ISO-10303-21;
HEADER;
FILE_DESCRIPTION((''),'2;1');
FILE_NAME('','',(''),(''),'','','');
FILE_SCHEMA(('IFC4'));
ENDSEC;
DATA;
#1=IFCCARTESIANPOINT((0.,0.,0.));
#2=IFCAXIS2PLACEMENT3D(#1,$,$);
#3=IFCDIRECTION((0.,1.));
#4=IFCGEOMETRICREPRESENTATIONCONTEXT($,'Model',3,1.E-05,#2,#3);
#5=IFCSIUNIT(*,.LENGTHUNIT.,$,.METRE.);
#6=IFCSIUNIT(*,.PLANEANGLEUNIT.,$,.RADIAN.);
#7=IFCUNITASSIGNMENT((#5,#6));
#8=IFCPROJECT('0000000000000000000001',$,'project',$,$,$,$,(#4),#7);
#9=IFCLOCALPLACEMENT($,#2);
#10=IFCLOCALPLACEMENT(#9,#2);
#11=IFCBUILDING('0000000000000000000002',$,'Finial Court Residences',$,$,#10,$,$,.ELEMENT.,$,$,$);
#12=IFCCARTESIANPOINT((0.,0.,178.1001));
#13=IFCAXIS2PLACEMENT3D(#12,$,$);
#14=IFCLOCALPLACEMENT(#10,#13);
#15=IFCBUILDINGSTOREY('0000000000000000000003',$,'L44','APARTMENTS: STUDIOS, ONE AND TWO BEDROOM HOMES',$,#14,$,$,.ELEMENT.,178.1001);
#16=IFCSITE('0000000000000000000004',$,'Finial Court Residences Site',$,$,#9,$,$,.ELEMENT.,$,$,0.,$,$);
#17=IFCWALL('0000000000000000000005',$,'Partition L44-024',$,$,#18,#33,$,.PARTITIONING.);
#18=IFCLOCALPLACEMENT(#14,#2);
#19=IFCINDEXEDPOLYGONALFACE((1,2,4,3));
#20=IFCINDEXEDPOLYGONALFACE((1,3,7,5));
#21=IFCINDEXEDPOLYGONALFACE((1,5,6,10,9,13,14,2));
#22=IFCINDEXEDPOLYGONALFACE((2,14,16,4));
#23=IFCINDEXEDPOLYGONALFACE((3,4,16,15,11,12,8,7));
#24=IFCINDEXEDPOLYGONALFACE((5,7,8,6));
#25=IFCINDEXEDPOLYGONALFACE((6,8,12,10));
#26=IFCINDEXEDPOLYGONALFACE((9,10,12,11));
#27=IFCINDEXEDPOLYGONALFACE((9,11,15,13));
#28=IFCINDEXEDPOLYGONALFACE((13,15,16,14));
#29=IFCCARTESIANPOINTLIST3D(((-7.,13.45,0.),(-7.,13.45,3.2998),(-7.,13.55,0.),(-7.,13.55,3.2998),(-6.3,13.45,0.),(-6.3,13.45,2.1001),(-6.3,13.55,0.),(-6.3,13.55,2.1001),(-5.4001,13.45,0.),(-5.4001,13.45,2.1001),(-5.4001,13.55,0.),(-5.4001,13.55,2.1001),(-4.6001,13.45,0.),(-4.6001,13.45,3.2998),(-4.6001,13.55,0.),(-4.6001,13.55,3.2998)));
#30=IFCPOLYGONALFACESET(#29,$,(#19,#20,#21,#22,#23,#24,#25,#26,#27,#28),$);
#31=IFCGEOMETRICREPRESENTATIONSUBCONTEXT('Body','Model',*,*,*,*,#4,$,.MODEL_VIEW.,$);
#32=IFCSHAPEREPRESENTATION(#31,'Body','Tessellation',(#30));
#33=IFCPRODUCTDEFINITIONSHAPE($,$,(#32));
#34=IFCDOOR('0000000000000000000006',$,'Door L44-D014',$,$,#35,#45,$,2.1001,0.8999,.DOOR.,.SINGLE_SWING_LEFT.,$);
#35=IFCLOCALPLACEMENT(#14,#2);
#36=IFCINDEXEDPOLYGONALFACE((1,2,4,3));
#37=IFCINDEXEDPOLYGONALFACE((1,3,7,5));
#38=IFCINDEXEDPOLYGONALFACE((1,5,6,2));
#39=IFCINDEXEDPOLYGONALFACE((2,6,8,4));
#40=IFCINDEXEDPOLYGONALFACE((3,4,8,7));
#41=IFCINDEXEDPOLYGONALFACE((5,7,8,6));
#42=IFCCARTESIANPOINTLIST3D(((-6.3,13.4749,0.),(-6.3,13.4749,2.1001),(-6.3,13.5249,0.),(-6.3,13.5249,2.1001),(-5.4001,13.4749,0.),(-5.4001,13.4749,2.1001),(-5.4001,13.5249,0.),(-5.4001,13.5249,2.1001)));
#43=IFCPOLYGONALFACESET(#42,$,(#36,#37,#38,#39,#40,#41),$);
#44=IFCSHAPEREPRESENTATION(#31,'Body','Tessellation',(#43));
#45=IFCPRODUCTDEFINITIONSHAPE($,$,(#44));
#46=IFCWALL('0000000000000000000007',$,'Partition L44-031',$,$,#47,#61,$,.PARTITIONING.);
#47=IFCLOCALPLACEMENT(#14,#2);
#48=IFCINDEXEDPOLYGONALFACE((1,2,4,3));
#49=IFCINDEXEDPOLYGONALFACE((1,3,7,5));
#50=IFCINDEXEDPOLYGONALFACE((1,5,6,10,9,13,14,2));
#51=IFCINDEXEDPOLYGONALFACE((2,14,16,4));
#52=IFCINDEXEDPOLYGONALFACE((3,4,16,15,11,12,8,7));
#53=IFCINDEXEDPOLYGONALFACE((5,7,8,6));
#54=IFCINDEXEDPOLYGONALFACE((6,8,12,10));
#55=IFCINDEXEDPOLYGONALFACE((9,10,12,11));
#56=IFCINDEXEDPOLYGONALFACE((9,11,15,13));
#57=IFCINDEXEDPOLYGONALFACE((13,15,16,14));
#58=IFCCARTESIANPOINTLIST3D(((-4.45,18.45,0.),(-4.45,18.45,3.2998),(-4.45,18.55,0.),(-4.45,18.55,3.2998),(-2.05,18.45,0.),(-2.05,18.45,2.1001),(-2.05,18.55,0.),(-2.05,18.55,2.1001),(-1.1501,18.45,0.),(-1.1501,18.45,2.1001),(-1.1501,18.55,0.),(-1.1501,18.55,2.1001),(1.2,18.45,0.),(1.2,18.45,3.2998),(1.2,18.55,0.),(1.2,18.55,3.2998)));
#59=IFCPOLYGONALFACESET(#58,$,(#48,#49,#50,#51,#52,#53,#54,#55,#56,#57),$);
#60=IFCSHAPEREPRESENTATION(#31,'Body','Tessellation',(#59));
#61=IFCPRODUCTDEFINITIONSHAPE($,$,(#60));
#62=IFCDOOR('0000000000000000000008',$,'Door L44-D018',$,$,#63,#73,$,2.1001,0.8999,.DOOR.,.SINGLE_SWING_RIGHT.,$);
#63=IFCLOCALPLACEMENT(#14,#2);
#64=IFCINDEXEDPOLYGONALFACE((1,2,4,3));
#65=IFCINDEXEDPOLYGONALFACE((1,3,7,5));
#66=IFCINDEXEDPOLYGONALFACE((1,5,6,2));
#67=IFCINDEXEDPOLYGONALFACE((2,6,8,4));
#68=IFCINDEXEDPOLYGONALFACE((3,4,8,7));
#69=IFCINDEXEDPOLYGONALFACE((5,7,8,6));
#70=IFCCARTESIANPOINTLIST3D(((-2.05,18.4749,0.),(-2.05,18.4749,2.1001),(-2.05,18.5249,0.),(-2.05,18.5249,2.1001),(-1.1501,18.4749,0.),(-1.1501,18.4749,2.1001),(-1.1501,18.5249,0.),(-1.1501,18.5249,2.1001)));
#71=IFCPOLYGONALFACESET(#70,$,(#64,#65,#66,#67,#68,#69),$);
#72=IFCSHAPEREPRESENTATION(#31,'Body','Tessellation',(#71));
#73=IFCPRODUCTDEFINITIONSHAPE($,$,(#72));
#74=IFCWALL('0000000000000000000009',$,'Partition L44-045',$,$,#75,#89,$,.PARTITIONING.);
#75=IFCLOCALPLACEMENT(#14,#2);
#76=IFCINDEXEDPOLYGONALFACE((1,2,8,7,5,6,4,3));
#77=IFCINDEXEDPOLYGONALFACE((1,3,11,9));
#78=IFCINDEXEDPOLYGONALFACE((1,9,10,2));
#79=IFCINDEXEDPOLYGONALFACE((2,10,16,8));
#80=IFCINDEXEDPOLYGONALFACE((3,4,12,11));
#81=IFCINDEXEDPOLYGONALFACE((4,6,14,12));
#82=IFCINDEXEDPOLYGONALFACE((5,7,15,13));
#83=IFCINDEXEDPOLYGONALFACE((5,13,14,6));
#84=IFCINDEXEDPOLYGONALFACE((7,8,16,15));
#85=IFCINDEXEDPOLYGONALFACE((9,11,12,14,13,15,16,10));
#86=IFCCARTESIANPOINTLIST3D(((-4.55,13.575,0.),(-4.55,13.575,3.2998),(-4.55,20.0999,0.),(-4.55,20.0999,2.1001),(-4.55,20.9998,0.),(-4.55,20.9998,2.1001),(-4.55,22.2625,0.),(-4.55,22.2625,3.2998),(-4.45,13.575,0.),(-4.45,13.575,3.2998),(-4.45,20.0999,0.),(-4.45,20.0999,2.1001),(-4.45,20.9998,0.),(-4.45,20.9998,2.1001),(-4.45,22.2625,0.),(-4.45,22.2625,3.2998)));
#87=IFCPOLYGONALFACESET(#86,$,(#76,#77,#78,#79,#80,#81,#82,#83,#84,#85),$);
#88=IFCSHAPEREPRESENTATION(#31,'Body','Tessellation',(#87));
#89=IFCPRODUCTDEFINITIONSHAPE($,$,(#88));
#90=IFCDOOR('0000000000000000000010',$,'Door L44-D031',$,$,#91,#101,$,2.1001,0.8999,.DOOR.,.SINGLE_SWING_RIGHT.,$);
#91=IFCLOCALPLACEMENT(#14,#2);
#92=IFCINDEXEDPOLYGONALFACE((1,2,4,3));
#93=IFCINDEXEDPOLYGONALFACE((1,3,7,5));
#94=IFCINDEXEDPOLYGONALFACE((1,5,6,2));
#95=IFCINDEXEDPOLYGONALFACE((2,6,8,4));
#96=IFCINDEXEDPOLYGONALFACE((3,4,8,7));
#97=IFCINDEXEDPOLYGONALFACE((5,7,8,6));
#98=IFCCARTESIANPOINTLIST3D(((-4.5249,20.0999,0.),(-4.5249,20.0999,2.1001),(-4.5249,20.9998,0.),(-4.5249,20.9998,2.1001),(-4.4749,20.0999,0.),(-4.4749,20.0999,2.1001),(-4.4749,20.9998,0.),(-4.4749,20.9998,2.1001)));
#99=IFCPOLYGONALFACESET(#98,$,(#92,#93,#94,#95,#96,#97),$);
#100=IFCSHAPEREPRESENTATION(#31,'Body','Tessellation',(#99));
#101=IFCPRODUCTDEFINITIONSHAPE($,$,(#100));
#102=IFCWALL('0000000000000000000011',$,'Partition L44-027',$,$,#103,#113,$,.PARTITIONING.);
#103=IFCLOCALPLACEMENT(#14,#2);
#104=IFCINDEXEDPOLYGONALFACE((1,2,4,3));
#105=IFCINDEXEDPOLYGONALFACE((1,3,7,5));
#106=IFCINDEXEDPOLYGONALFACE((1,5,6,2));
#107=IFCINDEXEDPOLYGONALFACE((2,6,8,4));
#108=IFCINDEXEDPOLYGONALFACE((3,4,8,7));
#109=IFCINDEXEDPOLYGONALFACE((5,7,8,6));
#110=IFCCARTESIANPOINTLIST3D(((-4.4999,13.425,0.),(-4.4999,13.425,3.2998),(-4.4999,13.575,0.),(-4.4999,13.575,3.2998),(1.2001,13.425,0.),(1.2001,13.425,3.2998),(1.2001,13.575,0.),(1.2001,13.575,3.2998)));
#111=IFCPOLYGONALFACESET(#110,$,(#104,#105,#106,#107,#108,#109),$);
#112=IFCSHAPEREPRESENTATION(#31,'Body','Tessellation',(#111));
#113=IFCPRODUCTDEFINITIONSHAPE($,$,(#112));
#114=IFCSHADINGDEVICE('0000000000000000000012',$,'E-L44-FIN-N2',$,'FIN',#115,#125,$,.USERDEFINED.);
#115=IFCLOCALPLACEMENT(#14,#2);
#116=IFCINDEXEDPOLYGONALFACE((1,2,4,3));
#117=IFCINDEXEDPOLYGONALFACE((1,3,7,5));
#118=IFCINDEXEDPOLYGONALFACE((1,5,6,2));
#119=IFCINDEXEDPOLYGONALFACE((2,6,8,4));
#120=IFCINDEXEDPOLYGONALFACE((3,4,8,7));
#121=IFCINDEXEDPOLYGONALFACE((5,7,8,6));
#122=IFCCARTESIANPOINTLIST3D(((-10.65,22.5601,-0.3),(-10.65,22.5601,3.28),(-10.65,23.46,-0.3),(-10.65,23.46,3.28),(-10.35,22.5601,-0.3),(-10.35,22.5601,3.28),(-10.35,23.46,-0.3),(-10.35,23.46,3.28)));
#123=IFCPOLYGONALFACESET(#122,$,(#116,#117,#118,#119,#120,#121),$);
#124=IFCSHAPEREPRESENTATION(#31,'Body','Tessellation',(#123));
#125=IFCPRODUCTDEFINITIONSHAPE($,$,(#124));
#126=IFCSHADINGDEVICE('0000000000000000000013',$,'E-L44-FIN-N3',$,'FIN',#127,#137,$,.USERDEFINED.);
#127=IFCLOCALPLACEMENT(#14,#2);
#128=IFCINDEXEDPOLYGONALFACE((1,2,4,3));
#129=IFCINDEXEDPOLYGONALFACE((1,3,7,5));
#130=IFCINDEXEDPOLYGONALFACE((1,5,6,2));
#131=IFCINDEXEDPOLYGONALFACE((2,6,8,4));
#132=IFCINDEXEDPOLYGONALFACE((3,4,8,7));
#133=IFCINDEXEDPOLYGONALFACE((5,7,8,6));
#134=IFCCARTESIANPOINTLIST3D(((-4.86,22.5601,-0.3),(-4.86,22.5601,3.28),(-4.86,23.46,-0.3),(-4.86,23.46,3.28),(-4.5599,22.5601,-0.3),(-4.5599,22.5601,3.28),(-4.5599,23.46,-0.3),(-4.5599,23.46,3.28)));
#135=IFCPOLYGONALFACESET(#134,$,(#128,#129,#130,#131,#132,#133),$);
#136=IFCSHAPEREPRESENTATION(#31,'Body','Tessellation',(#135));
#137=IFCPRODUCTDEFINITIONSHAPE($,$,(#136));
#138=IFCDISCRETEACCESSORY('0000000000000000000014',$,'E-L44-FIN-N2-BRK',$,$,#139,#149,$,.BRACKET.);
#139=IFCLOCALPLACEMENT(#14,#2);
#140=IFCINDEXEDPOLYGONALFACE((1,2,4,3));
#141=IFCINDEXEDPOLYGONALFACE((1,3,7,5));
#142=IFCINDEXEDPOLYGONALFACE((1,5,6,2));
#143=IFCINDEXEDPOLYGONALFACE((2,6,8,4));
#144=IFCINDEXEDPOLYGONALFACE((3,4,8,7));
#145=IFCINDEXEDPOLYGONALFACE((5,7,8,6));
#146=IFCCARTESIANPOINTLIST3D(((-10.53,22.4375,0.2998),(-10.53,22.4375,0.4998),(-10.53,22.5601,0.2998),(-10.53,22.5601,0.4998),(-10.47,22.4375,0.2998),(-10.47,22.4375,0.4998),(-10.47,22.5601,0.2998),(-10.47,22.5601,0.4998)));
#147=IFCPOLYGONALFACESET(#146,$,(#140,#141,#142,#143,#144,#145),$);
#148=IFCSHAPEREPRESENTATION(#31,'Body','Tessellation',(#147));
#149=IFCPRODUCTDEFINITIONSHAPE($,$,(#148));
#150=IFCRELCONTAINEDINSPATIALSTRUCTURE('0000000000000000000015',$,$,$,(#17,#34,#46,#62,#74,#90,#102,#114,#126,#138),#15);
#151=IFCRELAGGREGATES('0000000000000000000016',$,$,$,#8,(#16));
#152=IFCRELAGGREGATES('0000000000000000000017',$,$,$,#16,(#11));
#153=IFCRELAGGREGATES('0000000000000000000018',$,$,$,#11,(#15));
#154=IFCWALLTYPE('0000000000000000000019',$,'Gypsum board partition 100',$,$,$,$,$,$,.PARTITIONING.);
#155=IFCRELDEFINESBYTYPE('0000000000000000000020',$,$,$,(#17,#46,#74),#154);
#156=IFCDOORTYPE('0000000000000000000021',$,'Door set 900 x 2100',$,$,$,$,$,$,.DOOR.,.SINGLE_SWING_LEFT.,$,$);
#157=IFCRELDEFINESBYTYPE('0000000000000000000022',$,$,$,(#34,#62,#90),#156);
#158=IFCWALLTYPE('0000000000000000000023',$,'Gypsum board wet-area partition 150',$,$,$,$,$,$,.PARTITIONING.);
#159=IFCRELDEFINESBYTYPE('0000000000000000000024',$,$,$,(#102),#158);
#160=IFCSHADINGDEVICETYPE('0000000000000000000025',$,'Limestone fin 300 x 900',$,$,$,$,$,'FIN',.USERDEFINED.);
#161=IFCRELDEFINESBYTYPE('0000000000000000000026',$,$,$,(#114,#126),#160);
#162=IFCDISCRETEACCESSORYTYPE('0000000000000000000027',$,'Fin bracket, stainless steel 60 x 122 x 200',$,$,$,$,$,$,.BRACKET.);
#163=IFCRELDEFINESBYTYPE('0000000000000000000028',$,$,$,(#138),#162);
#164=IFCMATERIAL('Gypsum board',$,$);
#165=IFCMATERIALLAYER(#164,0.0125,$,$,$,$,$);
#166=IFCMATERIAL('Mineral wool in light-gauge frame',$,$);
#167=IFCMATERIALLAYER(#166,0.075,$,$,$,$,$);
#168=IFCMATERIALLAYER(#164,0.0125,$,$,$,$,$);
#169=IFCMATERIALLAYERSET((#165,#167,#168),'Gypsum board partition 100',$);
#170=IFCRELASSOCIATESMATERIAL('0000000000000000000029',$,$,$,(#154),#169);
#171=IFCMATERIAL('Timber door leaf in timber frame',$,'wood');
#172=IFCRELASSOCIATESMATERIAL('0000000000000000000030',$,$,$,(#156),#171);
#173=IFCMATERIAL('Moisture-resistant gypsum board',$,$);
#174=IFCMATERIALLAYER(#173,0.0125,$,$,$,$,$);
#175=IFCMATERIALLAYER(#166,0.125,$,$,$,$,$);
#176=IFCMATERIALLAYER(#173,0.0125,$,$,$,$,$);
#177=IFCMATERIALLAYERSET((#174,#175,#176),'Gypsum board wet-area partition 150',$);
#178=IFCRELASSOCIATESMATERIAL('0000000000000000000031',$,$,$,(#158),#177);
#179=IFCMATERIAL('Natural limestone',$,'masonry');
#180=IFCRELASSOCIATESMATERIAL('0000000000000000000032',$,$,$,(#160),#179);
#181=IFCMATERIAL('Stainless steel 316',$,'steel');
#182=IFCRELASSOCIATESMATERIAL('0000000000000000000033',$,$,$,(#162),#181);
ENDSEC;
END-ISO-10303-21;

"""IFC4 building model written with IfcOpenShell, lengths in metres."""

from ifc_helpers import new_model, si_unit, direction, frame, frame_2d, origin, origin_2d, place, context, subcontext, project, spatial, rectangle, extrude, material, layer, layer_set, type_object, element, fill, save


model = new_model("IFC4")

# Units and contexts
model_context = context("Model", 3, precision=1e-05, world=origin(), true_north=direction((0.0, 1.0)))
body_context = subcontext(model_context, "Body", "Model", "MODEL_VIEW")
ifc_project = project(units=[si_unit("LENGTHUNIT", "METRE"), si_unit("PLANEANGLEUNIT", "RADIAN")], contexts=[model_context])

# Site, building, storey
site_placement = place(None, origin())
site = spatial("IfcSite", under=ifc_project, at=site_placement, Name="Finial Court Residences Site", CompositionType="ELEMENT", RefElevation=0.0)
building_placement = place(site_placement, origin())
building = spatial("IfcBuilding", under=site, at=building_placement, Name="Finial Court Residences", CompositionType="ELEMENT")
storey_placement = place(building_placement, frame((0.0, 0.0, 178.1001)))
storey = spatial("IfcBuildingStorey", under=building, at=storey_placement, Name="L44", Description="APARTMENTS: STUDIOS, ONE AND TWO BEDROOM HOMES", CompositionType="ELEMENT", Elevation=178.1001)

# Walls, openings, doors
ifc_material_1 = material(Name="Gypsum board")
ifc_layer_1 = layer(ifc_material_1, 0.0125)
ifc_material_2 = material(Name="Mineral wool in light-gauge frame")
ifc_layer_2 = layer(ifc_material_2, 0.075)
ifc_layer_3 = layer(ifc_material_1, 0.0125)
ifc_layer_set_1 = layer_set([ifc_layer_1, ifc_layer_2, ifc_layer_3], Name="Gypsum board partition 100")
wall_type_1 = type_object("IfcWallType", Name="Gypsum board partition 100", PredefinedType="PARTITIONING", material=ifc_layer_set_1)
wall_1_placement = place(storey_placement, frame((-7.0, 13.5, 0.0), z_axis=(0.0, 0.0, 1.0), x_axis=(1.0, 0.0, 0.0)))
wall_1 = element("IfcWall", 1, at=wall_1_placement, inside=storey, type_object=wall_type_1, Name="Partition L44-024", PredefinedType="PARTITIONING", context=body_context, shape_type="SweptSolid", body=[
    extrude(rectangle(XDim=2.3999, YDim=0.1001, at=frame_2d((1.2, 0.0))), origin(), (0.0, 0.0, 1.0), 3.2998),
])
opening_1_placement = place(wall_1_placement, frame((0.7, 0.0, 0.0)))
opening_1 = element("IfcOpeningElement", 2, at=opening_1_placement, cuts=wall_1, PredefinedType="OPENING", context=body_context, shape_type="SweptSolid", body=[
    extrude(rectangle(XDim=0.8999, YDim=2.1001, at=frame_2d((0.45, 1.05))), frame((0.0, 0.0601, 0.0), z_axis=(0.0, -1.0, 0.0), x_axis=(1.0, 0.0, 0.0)), (0.0, 0.0, 1.0), 0.1201),
])
ifc_material_3 = material(Name="Timber door leaf in timber frame", Category="wood")
door_type = type_object("IfcDoorType", Name="Door set 900 x 2100", OperationType="SINGLE_SWING_LEFT", PredefinedType="DOOR", material=ifc_material_3)
door_1_placement = place(opening_1_placement, origin())
door_1 = element("IfcDoor", 3, at=door_1_placement, inside=storey, type_object=door_type, Name="Door L44-D014", OperationType="SINGLE_SWING_LEFT", OverallHeight=2.1001, OverallWidth=0.8999, PredefinedType="DOOR", context=body_context, shape_type="SweptSolid", body=[
    extrude(rectangle(XDim=0.8999, YDim=2.1001, at=frame_2d((0.45, 1.05))), frame((0.0, 0.0249, 0.0), z_axis=(0.0, -1.0, 0.0), x_axis=(1.0, 0.0, 0.0)), (0.0, 0.0, 1.0), 0.05),
])
fill(opening_1, door_1)
wall_2_placement = place(storey_placement, frame((-4.45, 18.5, 0.0), z_axis=(0.0, 0.0, 1.0), x_axis=(1.0, 0.0, 0.0)))
wall_2 = element("IfcWall", 4, at=wall_2_placement, inside=storey, type_object=wall_type_1, Name="Partition L44-031", PredefinedType="PARTITIONING", context=body_context, shape_type="SweptSolid", body=[
    extrude(rectangle(XDim=5.6499, YDim=0.1001, at=frame_2d((2.825, 0.0))), origin(), (0.0, 0.0, 1.0), 3.2998),
])
opening_2_placement = place(wall_2_placement, frame((2.3999, 0.0, 0.0)))
opening_2 = element("IfcOpeningElement", 5, at=opening_2_placement, cuts=wall_2, PredefinedType="OPENING", context=body_context, shape_type="SweptSolid", body=[
    extrude(rectangle(XDim=0.8999, YDim=2.1001, at=frame_2d((0.45, 1.05))), frame((0.0, 0.0601, 0.0), z_axis=(0.0, -1.0, 0.0), x_axis=(1.0, 0.0, 0.0)), (0.0, 0.0, 1.0), 0.1201),
])
door_2_placement = place(opening_2_placement, origin())
door_2 = element("IfcDoor", 6, at=door_2_placement, inside=storey, type_object=door_type, Name="Door L44-D018", OperationType="SINGLE_SWING_RIGHT", OverallHeight=2.1001, OverallWidth=0.8999, PredefinedType="DOOR", context=body_context, shape_type="SweptSolid", body=[
    extrude(rectangle(XDim=0.8999, YDim=2.1001, at=frame_2d((0.45, 1.05))), frame((0.0, 0.0249, 0.0), z_axis=(0.0, -1.0, 0.0), x_axis=(1.0, 0.0, 0.0)), (0.0, 0.0, 1.0), 0.05),
])
fill(opening_2, door_2)
wall_3_placement = place(storey_placement, frame((-4.5, 13.575, 0.0), z_axis=(0.0, 0.0, 1.0), x_axis=(0.0, 1.0, 0.0)))
wall_3 = element("IfcWall", 7, at=wall_3_placement, inside=storey, type_object=wall_type_1, Name="Partition L44-045", PredefinedType="PARTITIONING", context=body_context, shape_type="SweptSolid", body=[
    extrude(rectangle(XDim=8.6875, YDim=0.1001, at=frame_2d((4.3438, 0.0))), origin(), (0.0, 0.0, 1.0), 3.2998),
])
opening_3_placement = place(wall_3_placement, frame((6.5249, 0.0, 0.0)))
opening_3 = element("IfcOpeningElement", 8, at=opening_3_placement, cuts=wall_3, PredefinedType="OPENING", context=body_context, shape_type="SweptSolid", body=[
    extrude(rectangle(XDim=0.8999, YDim=2.1001, at=frame_2d((0.45, 1.05))), frame((0.0, 0.0601, 0.0), z_axis=(0.0, -1.0, 0.0), x_axis=(1.0, 0.0, 0.0)), (0.0, 0.0, 1.0), 0.1201),
])
door_3_placement = place(opening_3_placement, origin())
door_3 = element("IfcDoor", 9, at=door_3_placement, inside=storey, type_object=door_type, Name="Door L44-D031", OperationType="SINGLE_SWING_RIGHT", OverallHeight=2.1001, OverallWidth=0.8999, PredefinedType="DOOR", context=body_context, shape_type="SweptSolid", body=[
    extrude(rectangle(XDim=0.8999, YDim=2.1001, at=frame_2d((0.45, 1.05))), frame((0.0, 0.0249, 0.0), z_axis=(0.0, -1.0, 0.0), x_axis=(1.0, 0.0, 0.0)), (0.0, 0.0, 1.0), 0.05),
])
fill(opening_3, door_3)

# Wall
ifc_material_4 = material(Name="Moisture-resistant gypsum board")
ifc_layer_4 = layer(ifc_material_4, 0.0125)
ifc_layer_5 = layer(ifc_material_2, 0.125)
ifc_layer_6 = layer(ifc_material_4, 0.0125)
ifc_layer_set_2 = layer_set([ifc_layer_4, ifc_layer_5, ifc_layer_6], Name="Gypsum board wet-area partition 150")
wall_type_2 = type_object("IfcWallType", Name="Gypsum board wet-area partition 150", PredefinedType="PARTITIONING", material=ifc_layer_set_2)
wall_4_placement = place(storey_placement, frame((-4.5, 13.5, 0.0), z_axis=(0.0, 0.0, 1.0), x_axis=(1.0, 0.0, 0.0)))
element("IfcWall", 10, at=wall_4_placement, inside=storey, type_object=wall_type_2, Name="Partition L44-027", PredefinedType="PARTITIONING", context=body_context, shape_type="SweptSolid", body=[
    extrude(rectangle(XDim=5.7, YDim=0.1499, at=frame_2d((2.8501, 0.0))), origin(), (0.0, 0.0, 1.0), 3.2998),
])

# Shading devices
ifc_material_5 = material(Name="Natural limestone", Category="masonry")
shading_device_type = type_object("IfcShadingDeviceType", Name="Limestone fin 300 x 900", ElementType="FIN", PredefinedType="USERDEFINED", material=ifc_material_5)
for number, where, z_axis, x_axis, name in (
    (11, (-10.5, 23.01, -0.3), (0.0, 0.0, 1.0), (1.0, 0.0, 0.0), "E-L44-FIN-N2"),
    (12, (-4.71, 23.01, -0.3), (0.0, 0.0, 1.0), (1.0, 0.0, 0.0), "E-L44-FIN-N3"),
):
    element("IfcShadingDevice", number, at=place(storey_placement, frame(where, z_axis=z_axis, x_axis=x_axis)), inside=storey, type_object=shading_device_type, Name=name, ObjectType="FIN", PredefinedType="USERDEFINED", context=body_context, shape_type="SweptSolid", body=[
        extrude(rectangle(XDim=0.3, YDim=0.8999, at=origin_2d()), origin(), (0.0, 0.0, 1.0), 3.5801),
    ])

# Discrete accessory
ifc_material_6 = material(Name="Stainless steel 316", Category="steel")
discrete_accessory_type = type_object("IfcDiscreteAccessoryType", Name="Fin bracket, stainless steel 60 x 122 x 200", PredefinedType="BRACKET", material=ifc_material_6)
discrete_accessory_placement = place(storey_placement, frame((-10.5, 22.4988, 0.2998), z_axis=(0.0, 0.0, 1.0), x_axis=(1.0, 0.0, 0.0)))
element("IfcDiscreteAccessory", 13, at=discrete_accessory_placement, inside=storey, type_object=discrete_accessory_type, Name="E-L44-FIN-N2-BRK", PredefinedType="BRACKET", context=body_context, shape_type="SweptSolid", body=[
    extrude(rectangle(XDim=0.0601, YDim=0.1226, at=origin_2d()), origin(), (0.0, 0.0, 1.0), 0.2),
])

save(model, "model.ifc")
